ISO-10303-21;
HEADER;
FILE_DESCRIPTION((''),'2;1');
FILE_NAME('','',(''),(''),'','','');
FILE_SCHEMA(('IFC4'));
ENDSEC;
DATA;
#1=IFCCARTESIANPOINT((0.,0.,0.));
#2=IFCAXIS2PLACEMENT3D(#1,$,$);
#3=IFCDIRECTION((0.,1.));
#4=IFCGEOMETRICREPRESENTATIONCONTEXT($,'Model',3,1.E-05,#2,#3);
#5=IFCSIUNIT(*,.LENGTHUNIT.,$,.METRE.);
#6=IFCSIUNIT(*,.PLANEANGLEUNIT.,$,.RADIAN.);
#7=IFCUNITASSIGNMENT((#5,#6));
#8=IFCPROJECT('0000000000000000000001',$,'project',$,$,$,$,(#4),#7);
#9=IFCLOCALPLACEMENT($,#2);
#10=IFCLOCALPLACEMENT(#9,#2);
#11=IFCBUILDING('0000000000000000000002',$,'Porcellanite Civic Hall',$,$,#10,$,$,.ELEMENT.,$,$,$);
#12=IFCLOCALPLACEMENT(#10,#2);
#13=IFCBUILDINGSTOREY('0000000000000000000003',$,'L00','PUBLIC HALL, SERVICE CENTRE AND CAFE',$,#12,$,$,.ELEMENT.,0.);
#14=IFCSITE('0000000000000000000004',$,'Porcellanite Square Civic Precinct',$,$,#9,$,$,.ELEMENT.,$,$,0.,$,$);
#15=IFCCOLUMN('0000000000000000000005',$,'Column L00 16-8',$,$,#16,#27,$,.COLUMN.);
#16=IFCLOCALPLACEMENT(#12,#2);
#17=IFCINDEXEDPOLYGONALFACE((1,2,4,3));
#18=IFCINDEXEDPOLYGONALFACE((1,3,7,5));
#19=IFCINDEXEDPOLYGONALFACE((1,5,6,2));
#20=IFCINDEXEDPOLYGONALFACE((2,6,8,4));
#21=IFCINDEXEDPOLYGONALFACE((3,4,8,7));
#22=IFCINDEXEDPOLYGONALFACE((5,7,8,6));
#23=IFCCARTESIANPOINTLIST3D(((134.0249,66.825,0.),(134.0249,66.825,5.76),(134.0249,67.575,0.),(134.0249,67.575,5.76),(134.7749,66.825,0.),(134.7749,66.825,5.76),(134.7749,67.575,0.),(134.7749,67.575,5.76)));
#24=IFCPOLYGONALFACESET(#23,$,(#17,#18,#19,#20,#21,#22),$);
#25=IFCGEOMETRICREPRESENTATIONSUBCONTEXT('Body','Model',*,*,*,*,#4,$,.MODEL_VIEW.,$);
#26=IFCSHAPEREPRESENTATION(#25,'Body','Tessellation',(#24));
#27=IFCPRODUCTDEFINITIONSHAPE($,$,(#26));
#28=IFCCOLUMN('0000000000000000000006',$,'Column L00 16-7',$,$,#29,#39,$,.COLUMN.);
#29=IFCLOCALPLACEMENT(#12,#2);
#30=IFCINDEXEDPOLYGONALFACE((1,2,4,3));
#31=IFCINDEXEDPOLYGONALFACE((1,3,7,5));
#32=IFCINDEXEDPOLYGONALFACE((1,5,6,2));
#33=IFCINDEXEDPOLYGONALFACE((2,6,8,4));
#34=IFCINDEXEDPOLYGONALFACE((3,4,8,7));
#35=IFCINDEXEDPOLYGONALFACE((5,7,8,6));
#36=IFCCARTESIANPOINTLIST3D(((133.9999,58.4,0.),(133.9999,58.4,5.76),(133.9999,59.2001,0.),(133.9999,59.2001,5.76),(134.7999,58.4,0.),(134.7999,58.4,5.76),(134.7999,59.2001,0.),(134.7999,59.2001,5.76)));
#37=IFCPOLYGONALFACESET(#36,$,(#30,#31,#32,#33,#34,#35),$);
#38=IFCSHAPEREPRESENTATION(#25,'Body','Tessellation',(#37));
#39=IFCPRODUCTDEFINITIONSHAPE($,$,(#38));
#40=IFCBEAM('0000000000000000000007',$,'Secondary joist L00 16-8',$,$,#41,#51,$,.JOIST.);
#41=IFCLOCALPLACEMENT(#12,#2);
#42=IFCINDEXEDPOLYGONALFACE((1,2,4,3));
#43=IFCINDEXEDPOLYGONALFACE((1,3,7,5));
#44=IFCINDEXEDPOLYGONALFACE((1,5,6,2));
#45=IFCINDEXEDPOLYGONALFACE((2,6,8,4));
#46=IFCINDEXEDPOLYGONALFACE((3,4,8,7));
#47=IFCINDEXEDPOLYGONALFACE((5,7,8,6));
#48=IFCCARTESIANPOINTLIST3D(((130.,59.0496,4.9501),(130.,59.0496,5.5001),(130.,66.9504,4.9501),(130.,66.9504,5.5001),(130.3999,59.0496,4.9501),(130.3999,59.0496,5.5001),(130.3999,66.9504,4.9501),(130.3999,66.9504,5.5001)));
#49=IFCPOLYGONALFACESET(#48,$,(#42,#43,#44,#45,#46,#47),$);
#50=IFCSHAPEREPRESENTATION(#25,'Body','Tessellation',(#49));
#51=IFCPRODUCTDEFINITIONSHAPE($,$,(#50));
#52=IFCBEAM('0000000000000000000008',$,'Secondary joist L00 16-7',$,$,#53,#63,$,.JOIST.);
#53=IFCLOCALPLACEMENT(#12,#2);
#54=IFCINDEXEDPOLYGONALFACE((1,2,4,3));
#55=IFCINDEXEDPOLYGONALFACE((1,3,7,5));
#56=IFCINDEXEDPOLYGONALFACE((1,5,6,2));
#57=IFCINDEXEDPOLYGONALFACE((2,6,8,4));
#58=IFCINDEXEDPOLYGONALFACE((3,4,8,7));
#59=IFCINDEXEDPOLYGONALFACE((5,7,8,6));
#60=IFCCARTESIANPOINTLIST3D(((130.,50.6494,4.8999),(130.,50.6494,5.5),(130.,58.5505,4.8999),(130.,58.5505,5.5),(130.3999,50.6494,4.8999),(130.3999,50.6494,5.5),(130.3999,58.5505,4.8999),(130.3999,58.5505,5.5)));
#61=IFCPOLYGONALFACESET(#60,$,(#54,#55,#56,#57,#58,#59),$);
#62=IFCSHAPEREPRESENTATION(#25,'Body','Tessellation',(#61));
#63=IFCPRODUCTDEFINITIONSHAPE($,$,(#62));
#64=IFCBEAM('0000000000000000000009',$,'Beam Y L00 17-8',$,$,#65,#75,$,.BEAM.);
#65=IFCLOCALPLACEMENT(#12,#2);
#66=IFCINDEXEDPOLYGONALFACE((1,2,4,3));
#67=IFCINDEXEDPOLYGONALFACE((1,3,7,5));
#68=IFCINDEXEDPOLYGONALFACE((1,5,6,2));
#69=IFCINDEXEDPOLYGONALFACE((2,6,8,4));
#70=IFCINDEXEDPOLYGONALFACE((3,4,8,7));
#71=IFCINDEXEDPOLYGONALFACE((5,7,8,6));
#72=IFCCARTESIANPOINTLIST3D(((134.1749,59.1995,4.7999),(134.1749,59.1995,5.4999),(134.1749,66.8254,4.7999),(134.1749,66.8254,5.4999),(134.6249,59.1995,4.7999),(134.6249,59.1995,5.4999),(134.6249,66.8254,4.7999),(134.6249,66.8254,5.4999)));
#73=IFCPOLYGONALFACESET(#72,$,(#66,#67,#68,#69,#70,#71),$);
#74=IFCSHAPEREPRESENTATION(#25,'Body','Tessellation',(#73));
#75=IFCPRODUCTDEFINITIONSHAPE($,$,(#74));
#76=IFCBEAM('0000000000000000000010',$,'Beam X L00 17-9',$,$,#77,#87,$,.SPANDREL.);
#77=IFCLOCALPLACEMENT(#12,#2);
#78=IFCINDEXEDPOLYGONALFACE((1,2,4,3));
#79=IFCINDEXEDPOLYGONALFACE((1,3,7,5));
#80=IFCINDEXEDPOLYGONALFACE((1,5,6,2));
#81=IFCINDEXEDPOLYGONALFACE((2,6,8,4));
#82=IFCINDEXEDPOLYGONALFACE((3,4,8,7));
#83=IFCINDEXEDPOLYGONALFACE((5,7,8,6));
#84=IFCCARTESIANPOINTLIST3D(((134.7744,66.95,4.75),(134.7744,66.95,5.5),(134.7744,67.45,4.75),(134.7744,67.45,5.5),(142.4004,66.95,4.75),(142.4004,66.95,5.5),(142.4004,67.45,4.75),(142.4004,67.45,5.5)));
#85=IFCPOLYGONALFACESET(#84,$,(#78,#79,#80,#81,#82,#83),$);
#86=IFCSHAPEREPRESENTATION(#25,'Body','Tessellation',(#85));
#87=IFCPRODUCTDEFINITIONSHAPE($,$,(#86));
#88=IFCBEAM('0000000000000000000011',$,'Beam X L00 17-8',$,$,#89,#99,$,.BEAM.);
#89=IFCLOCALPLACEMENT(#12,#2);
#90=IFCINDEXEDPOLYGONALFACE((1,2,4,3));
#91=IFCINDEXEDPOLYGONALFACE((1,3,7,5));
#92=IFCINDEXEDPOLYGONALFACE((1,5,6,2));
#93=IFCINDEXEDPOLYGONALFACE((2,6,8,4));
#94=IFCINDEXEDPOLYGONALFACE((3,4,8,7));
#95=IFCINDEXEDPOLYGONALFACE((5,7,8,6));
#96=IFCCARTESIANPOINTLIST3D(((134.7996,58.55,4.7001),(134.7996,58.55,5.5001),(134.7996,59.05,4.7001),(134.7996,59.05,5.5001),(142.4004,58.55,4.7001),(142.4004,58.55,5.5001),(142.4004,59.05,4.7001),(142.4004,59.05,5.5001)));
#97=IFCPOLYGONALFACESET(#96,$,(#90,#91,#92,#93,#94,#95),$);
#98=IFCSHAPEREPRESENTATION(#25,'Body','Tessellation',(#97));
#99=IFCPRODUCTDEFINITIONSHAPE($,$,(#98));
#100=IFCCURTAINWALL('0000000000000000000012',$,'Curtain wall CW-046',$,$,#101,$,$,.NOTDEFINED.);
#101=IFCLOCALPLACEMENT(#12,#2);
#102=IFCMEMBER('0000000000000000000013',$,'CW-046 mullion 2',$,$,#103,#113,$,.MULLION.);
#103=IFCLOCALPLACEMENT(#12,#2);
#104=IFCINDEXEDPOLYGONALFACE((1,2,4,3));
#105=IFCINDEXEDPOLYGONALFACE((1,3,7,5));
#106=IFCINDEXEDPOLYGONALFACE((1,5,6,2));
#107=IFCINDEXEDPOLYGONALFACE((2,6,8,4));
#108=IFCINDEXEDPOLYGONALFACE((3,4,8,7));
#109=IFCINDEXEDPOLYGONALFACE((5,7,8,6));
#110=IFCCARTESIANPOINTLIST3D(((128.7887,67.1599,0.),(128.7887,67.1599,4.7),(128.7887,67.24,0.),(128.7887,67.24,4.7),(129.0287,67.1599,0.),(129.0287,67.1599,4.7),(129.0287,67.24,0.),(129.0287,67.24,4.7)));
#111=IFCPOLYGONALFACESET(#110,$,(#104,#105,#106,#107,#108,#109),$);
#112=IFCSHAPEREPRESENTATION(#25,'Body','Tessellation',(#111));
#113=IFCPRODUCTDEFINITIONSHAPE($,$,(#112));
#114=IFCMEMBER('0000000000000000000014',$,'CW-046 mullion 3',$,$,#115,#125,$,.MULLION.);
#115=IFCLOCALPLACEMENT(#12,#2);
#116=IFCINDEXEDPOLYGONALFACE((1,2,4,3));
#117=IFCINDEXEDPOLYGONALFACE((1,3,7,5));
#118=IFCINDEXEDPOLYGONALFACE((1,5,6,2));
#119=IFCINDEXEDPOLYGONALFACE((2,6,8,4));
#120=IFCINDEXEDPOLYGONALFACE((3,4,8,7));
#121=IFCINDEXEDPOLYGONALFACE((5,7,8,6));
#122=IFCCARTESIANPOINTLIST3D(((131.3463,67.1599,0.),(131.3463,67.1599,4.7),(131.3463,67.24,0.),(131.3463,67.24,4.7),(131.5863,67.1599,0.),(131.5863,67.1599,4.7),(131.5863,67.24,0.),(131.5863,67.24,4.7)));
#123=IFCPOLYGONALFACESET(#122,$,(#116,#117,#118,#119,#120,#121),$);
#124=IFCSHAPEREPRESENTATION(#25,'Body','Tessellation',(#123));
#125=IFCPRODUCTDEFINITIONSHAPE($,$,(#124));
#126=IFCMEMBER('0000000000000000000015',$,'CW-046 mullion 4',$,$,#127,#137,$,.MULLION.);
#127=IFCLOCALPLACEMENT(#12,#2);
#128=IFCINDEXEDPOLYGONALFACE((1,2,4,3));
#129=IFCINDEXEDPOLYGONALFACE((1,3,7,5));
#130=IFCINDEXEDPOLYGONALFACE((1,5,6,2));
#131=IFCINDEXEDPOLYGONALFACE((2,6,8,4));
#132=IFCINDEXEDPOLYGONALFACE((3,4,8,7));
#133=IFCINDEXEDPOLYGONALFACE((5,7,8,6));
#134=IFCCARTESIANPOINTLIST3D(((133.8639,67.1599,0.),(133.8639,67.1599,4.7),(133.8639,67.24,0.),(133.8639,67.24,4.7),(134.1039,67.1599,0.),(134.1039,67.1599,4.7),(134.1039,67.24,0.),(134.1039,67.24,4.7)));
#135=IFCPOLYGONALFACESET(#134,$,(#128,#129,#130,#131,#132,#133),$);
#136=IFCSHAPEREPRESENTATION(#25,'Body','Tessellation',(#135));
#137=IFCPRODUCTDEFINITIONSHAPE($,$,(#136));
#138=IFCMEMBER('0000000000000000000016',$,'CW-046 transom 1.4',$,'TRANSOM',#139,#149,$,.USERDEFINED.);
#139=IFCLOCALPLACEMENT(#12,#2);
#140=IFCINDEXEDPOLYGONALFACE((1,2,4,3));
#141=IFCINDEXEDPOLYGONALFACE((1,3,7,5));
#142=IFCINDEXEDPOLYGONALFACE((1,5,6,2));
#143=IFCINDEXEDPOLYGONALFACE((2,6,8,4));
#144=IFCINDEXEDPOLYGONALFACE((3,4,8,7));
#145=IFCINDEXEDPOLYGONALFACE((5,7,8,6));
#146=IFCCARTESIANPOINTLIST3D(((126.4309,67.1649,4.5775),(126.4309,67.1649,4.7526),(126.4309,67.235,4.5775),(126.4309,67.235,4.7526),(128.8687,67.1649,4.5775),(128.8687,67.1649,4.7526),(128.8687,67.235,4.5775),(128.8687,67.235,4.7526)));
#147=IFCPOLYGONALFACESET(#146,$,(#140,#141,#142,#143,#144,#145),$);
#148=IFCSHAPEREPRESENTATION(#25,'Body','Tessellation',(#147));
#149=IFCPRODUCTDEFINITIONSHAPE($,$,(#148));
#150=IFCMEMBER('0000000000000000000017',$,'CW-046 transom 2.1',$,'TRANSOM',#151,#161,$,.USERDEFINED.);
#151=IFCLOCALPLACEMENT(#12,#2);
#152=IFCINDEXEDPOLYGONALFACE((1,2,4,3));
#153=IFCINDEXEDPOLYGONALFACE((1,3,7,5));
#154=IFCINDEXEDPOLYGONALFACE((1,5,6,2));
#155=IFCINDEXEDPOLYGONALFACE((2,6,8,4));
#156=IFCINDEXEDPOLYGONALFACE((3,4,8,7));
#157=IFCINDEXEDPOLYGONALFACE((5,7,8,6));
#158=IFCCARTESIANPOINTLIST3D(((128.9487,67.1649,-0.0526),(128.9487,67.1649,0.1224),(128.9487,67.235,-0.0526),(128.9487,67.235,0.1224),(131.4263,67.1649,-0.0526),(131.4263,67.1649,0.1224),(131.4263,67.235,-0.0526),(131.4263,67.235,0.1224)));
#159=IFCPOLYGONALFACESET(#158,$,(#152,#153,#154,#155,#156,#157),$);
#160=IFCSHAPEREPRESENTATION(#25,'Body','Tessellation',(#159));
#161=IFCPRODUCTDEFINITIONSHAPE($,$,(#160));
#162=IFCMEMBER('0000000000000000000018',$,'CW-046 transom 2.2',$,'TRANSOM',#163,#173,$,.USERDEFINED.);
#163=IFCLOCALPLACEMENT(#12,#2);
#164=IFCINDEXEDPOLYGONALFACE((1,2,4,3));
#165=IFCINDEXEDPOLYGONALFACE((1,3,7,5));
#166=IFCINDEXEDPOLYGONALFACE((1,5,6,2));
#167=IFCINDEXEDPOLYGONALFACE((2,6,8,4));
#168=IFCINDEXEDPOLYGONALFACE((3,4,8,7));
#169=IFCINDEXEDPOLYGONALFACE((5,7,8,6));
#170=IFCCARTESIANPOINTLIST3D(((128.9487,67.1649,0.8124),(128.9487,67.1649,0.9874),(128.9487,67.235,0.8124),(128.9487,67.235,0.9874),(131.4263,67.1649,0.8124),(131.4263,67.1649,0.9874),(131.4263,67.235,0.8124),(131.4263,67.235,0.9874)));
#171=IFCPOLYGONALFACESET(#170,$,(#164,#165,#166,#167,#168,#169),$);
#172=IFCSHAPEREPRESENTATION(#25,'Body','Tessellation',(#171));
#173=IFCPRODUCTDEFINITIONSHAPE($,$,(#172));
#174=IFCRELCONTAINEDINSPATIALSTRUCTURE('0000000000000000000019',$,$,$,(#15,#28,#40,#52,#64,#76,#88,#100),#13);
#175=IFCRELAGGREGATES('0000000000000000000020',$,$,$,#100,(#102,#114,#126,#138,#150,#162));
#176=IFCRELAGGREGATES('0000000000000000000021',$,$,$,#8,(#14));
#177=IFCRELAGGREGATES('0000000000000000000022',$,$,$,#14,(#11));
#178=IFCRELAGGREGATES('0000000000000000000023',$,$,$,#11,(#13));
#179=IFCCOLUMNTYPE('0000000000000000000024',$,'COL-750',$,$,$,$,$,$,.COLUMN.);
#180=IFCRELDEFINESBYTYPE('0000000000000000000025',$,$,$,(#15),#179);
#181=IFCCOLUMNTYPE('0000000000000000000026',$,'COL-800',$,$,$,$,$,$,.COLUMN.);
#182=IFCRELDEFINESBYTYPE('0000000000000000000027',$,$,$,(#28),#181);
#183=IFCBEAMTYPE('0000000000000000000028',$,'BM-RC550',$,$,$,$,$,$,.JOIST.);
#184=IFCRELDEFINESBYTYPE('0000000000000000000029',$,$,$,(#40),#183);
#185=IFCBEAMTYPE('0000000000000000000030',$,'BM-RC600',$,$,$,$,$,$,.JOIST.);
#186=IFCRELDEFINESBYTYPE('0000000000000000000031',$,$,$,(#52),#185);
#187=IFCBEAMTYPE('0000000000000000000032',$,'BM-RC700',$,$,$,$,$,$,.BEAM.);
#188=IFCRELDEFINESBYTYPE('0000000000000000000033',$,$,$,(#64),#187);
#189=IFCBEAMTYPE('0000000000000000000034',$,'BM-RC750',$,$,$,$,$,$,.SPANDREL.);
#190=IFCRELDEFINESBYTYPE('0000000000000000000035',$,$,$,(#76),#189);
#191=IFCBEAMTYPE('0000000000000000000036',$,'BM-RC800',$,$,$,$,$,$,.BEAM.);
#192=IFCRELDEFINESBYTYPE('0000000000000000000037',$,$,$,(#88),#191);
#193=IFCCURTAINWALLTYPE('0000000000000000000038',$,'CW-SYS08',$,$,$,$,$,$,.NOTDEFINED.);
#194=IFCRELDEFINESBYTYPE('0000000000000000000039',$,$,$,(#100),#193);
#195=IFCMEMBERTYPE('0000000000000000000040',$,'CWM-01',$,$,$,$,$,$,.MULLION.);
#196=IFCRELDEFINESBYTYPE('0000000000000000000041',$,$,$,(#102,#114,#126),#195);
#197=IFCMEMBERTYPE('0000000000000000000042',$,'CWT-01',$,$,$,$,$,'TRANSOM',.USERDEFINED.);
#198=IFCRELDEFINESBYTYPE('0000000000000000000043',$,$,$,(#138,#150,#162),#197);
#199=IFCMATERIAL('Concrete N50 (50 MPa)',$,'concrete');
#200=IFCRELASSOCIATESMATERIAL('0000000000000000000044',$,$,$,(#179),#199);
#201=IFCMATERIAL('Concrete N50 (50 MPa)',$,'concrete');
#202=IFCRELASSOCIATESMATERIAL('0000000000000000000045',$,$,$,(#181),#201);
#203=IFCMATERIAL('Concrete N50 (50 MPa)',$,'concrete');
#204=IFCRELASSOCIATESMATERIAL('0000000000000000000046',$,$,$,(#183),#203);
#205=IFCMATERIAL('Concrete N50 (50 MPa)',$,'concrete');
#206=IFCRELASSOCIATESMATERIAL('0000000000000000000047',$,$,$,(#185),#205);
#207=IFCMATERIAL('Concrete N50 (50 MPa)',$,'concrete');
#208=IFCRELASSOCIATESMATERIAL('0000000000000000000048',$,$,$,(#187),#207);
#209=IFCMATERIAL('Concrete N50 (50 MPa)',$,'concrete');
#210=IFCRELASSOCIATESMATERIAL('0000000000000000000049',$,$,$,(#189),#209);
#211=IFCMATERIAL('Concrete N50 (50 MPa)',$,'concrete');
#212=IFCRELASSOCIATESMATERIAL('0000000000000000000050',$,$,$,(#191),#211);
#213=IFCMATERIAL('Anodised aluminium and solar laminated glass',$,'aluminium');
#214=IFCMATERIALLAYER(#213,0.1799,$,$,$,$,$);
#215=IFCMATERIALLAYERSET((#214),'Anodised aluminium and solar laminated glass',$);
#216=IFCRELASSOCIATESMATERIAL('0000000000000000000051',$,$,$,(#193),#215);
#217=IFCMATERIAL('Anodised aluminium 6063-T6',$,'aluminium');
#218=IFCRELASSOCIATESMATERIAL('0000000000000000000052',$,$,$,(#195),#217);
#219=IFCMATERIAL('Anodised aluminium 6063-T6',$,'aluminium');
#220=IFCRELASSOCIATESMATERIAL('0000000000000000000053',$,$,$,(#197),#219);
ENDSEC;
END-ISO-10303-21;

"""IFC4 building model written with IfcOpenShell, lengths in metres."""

from ifc_helpers import new_model, si_unit, direction, frame, origin, origin_2d, place, context, subcontext, project, spatial, rectangle, extrude, material, layer, layer_set, material_profile, profile_set, type_object, element, aggregate, save


model = new_model("IFC4")

# Units and contexts
model_context = context("Model", 3, precision=1e-05, world=origin(), true_north=direction((0.0, 1.0)))
body_context = subcontext(model_context, "Body", "Model", "MODEL_VIEW")
ifc_project = project(units=[si_unit("LENGTHUNIT", "METRE"), si_unit("PLANEANGLEUNIT", "RADIAN")], contexts=[model_context])

# Site, building, storey
site_placement = place(None, origin())
site = spatial("IfcSite", under=ifc_project, at=site_placement, Name="Porcellanite Square Civic Precinct", CompositionType="ELEMENT", RefElevation=0.0)
building_placement = place(site_placement, origin())
building = spatial("IfcBuilding", under=site, at=building_placement, Name="Porcellanite Civic Hall", CompositionType="ELEMENT")
storey_placement = place(building_placement, origin())
storey = spatial("IfcBuildingStorey", under=building, at=storey_placement, Name="L00", Description="PUBLIC HALL, SERVICE CENTRE AND CAFE", CompositionType="ELEMENT", Elevation=0.0)

# Columns
ifc_material_1 = material(Name="Concrete N50 (50 MPa)", Category="concrete")
ifc_material_profile_1 = material_profile(ifc_material_1, rectangle(XDim=0.75, YDim=0.75, at=origin_2d()), Name="RC-750x750")
ifc_profile_set_1 = profile_set([ifc_material_profile_1], Name="Concrete N50 (50 MPa)")
column_type_1 = type_object("IfcColumnType", Name="COL-750", PredefinedType="COLUMN", material=ifc_profile_set_1)
column_1_placement = place(storey_placement, frame((134.3999, 67.2, 0.0), z_axis=(0.0, 0.0, 1.0), x_axis=(1.0, 0.0, 0.0)))
element("IfcColumn", 1, at=column_1_placement, inside=storey, type_object=column_type_1, Name="Column L00 16-8", PredefinedType="COLUMN", context=body_context, shape_type="SweptSolid", body=[
    extrude(rectangle(XDim=0.75, YDim=0.75, at=origin_2d()), origin(), (0.0, 0.0, 1.0), 5.76),
])
ifc_material_2 = material(Name="Concrete N50 (50 MPa)", Category="concrete")
ifc_material_profile_2 = material_profile(ifc_material_2, rectangle(XDim=0.8, YDim=0.8, at=origin_2d()), Name="RC-800x800")
ifc_profile_set_2 = profile_set([ifc_material_profile_2], Name="Concrete N50 (50 MPa)")
column_type_2 = type_object("IfcColumnType", Name="COL-800", PredefinedType="COLUMN", material=ifc_profile_set_2)
column_2_placement = place(storey_placement, frame((134.3999, 58.8, 0.0), z_axis=(0.0, 0.0, 1.0), x_axis=(1.0, 0.0, 0.0)))
element("IfcColumn", 2, at=column_2_placement, inside=storey, type_object=column_type_2, Name="Column L00 16-7", PredefinedType="COLUMN", context=body_context, shape_type="SweptSolid", body=[
    extrude(rectangle(XDim=0.8, YDim=0.8, at=origin_2d()), origin(), (0.0, 0.0, 1.0), 5.76),
])

# Beams
ifc_material_3 = material(Name="Concrete N50 (50 MPa)", Category="concrete")
ifc_material_profile_3 = material_profile(ifc_material_3, rectangle(XDim=0.3999, YDim=0.55, at=origin_2d()), Name="RC-400x550")
ifc_profile_set_3 = profile_set([ifc_material_profile_3], Name="Concrete N50 (50 MPa)")
beam_type_1 = type_object("IfcBeamType", Name="BM-RC550", PredefinedType="JOIST", material=ifc_profile_set_3)
beam_1_placement = place(storey_placement, frame((130.2, 59.0496, 5.2251), z_axis=(0.0, 1.0, 0.0), x_axis=(-1.0, 0.0, 0.0)))
element("IfcBeam", 3, at=beam_1_placement, inside=storey, type_object=beam_type_1, Name="Secondary joist L00 16-8", PredefinedType="JOIST", context=body_context, shape_type="SweptSolid", body=[
    extrude(rectangle(XDim=0.3999, YDim=0.55, at=origin_2d()), origin(), (0.0, 0.0, 1.0), 7.9009),
])
ifc_material_4 = material(Name="Concrete N50 (50 MPa)", Category="concrete")
ifc_material_profile_4 = material_profile(ifc_material_4, rectangle(XDim=0.3999, YDim=0.6001, at=origin_2d()), Name="RC-400x600")
ifc_profile_set_4 = profile_set([ifc_material_profile_4], Name="Concrete N50 (50 MPa)")
beam_type_2 = type_object("IfcBeamType", Name="BM-RC600", PredefinedType="JOIST", material=ifc_profile_set_4)
beam_2_placement = place(storey_placement, frame((130.2, 50.6494, 5.2), z_axis=(0.0, 1.0, 0.0), x_axis=(-1.0, 0.0, 0.0)))
element("IfcBeam", 4, at=beam_2_placement, inside=storey, type_object=beam_type_2, Name="Secondary joist L00 16-7", PredefinedType="JOIST", context=body_context, shape_type="SweptSolid", body=[
    extrude(rectangle(XDim=0.3999, YDim=0.6001, at=origin_2d()), origin(), (0.0, 0.0, 1.0), 7.9011),
])
ifc_material_5 = material(Name="Concrete N50 (50 MPa)", Category="concrete")
ifc_material_profile_5 = material_profile(ifc_material_5, rectangle(XDim=0.45, YDim=0.7, at=origin_2d()), Name="RC-450x700")
ifc_profile_set_5 = profile_set([ifc_material_profile_5], Name="Concrete N50 (50 MPa)")
beam_type_3 = type_object("IfcBeamType", Name="BM-RC700", PredefinedType="BEAM", material=ifc_profile_set_5)
beam_3_placement = place(storey_placement, frame((134.3999, 59.1995, 5.1499), z_axis=(0.0, 1.0, 0.0), x_axis=(-1.0, 0.0, 0.0)))
element("IfcBeam", 5, at=beam_3_placement, inside=storey, type_object=beam_type_3, Name="Beam Y L00 17-8", PredefinedType="BEAM", context=body_context, shape_type="SweptSolid", body=[
    extrude(rectangle(XDim=0.45, YDim=0.7, at=origin_2d()), origin(), (0.0, 0.0, 1.0), 7.626),
])
ifc_material_6 = material(Name="Concrete N50 (50 MPa)", Category="concrete")
ifc_material_profile_6 = material_profile(ifc_material_6, rectangle(XDim=0.5, YDim=0.75, at=origin_2d()), Name="RC-500x750")
ifc_profile_set_6 = profile_set([ifc_material_profile_6], Name="Concrete N50 (50 MPa)")
beam_type_4 = type_object("IfcBeamType", Name="BM-RC750", PredefinedType="SPANDREL", material=ifc_profile_set_6)
beam_4_placement = place(storey_placement, frame((134.7744, 67.2, 5.125), z_axis=(1.0, 0.0, 0.0), x_axis=(0.0, 1.0, 0.0)))
element("IfcBeam", 6, at=beam_4_placement, inside=storey, type_object=beam_type_4, Name="Beam X L00 17-9", PredefinedType="SPANDREL", context=body_context, shape_type="SweptSolid", body=[
    extrude(rectangle(XDim=0.5, YDim=0.75, at=origin_2d()), origin(), (0.0, 0.0, 1.0), 7.626),
])
ifc_material_7 = material(Name="Concrete N50 (50 MPa)", Category="concrete")
ifc_material_profile_7 = material_profile(ifc_material_7, rectangle(XDim=0.5, YDim=0.8, at=origin_2d()), Name="RC-500x800")
ifc_profile_set_7 = profile_set([ifc_material_profile_7], Name="Concrete N50 (50 MPa)")
beam_type_5 = type_object("IfcBeamType", Name="BM-RC800", PredefinedType="BEAM", material=ifc_profile_set_7)
beam_5_placement = place(storey_placement, frame((134.7996, 58.8, 5.1001), z_axis=(1.0, 0.0, 0.0), x_axis=(0.0, 1.0, 0.0)))
element("IfcBeam", 7, at=beam_5_placement, inside=storey, type_object=beam_type_5, Name="Beam X L00 17-8", PredefinedType="BEAM", context=body_context, shape_type="SweptSolid", body=[
    extrude(rectangle(XDim=0.5, YDim=0.8, at=origin_2d()), origin(), (0.0, 0.0, 1.0), 7.6008),
])

# Curtain wall, members
ifc_material_8 = material(Name="Anodised aluminium and solar laminated glass", Category="aluminium")
ifc_layer_1 = layer(ifc_material_8, 0.1799)
ifc_layer_set_1 = layer_set([ifc_layer_1], Name="Anodised aluminium and solar laminated glass")
curtain_wall_type = type_object("IfcCurtainWallType", Name="CW-SYS08", PredefinedType="NOTDEFINED", material=ifc_layer_set_1)
curtain_wall_placement = place(storey_placement, origin())
curtain_wall = element("IfcCurtainWall", 8, at=curtain_wall_placement, inside=storey, type_object=curtain_wall_type, Name="Curtain wall CW-046", PredefinedType="NOTDEFINED")
ifc_material_9 = material(Name="Anodised aluminium 6063-T6", Category="aluminium")
ifc_material_profile_8 = material_profile(ifc_material_9, rectangle(XDim=0.0801, YDim=0.24, at=origin_2d()), Name="AL-80x240")
ifc_profile_set_8 = profile_set([ifc_material_profile_8], Name="Anodised aluminium 6063-T6")
member_type_1 = type_object("IfcMemberType", Name="CWM-01", PredefinedType="MULLION", material=ifc_profile_set_8)
member_1_placement = place(storey_placement, frame((128.9087, 67.2, 0.0), z_axis=(0.0, 0.0, 1.0), x_axis=(0.0, 1.0, 0.0)))
member_1 = element("IfcMember", 9, at=member_1_placement, type_object=member_type_1, Name="CW-046 mullion 2", PredefinedType="MULLION", context=body_context, shape_type="SweptSolid", body=[
    extrude(rectangle(XDim=0.0801, YDim=0.24, at=origin_2d()), origin(), (0.0, 0.0, 1.0), 4.7),
])
member_2_placement = place(storey_placement, frame((131.4663, 67.2, 0.0), z_axis=(0.0, 0.0, 1.0), x_axis=(0.0, 1.0, 0.0)))
member_2 = element("IfcMember", 10, at=member_2_placement, type_object=member_type_1, Name="CW-046 mullion 3", PredefinedType="MULLION", context=body_context, shape_type="SweptSolid", body=[
    extrude(rectangle(XDim=0.0801, YDim=0.24, at=origin_2d()), origin(), (0.0, 0.0, 1.0), 4.7),
])
member_3_placement = place(storey_placement, frame((133.9839, 67.2, 0.0), z_axis=(0.0, 0.0, 1.0), x_axis=(0.0, 1.0, 0.0)))
member_3 = element("IfcMember", 11, at=member_3_placement, type_object=member_type_1, Name="CW-046 mullion 4", PredefinedType="MULLION", context=body_context, shape_type="SweptSolid", body=[
    extrude(rectangle(XDim=0.0801, YDim=0.24, at=origin_2d()), origin(), (0.0, 0.0, 1.0), 4.7),
])
ifc_material_10 = material(Name="Anodised aluminium 6063-T6", Category="aluminium")
ifc_material_profile_9 = material_profile(ifc_material_10, rectangle(XDim=0.0701, YDim=0.175, at=origin_2d()), Name="AL-70x175")
ifc_profile_set_9 = profile_set([ifc_material_profile_9], Name="Anodised aluminium 6063-T6")
member_type_2 = type_object("IfcMemberType", Name="CWT-01", ElementType="TRANSOM", PredefinedType="USERDEFINED", material=ifc_profile_set_9)
member_4_placement = place(storey_placement, frame((126.4309, 67.2, 4.665), z_axis=(1.0, 0.0, 0.0), x_axis=(0.0, 1.0, 0.0)))
member_4 = element("IfcMember", 12, at=member_4_placement, type_object=member_type_2, Name="CW-046 transom 1.4", ObjectType="TRANSOM", PredefinedType="USERDEFINED", context=body_context, shape_type="SweptSolid", body=[
    extrude(rectangle(XDim=0.0701, YDim=0.175, at=origin_2d()), origin(), (0.0, 0.0, 1.0), 2.4377),
])
member_5_placement = place(storey_placement, frame((128.9487, 67.2, 0.0349), z_axis=(1.0, 0.0, 0.0), x_axis=(0.0, 1.0, 0.0)))
member_5 = element("IfcMember", 13, at=member_5_placement, type_object=member_type_2, Name="CW-046 transom 2.1", ObjectType="TRANSOM", PredefinedType="USERDEFINED", context=body_context, shape_type="SweptSolid", body=[
    extrude(rectangle(XDim=0.0701, YDim=0.175, at=origin_2d()), origin(), (0.0, 0.0, 1.0), 2.4775),
])
member_6_placement = place(storey_placement, frame((128.9487, 67.2, 0.8999), z_axis=(1.0, 0.0, 0.0), x_axis=(0.0, 1.0, 0.0)))
member_6 = element("IfcMember", 14, at=member_6_placement, type_object=member_type_2, Name="CW-046 transom 2.2", ObjectType="TRANSOM", PredefinedType="USERDEFINED", context=body_context, shape_type="SweptSolid", body=[
    extrude(rectangle(XDim=0.0701, YDim=0.175, at=origin_2d()), origin(), (0.0, 0.0, 1.0), 2.4775),
])

aggregate(curtain_wall, [member_1, member_2, member_3, member_4, member_5, member_6])

save(model, "model.ifc")
